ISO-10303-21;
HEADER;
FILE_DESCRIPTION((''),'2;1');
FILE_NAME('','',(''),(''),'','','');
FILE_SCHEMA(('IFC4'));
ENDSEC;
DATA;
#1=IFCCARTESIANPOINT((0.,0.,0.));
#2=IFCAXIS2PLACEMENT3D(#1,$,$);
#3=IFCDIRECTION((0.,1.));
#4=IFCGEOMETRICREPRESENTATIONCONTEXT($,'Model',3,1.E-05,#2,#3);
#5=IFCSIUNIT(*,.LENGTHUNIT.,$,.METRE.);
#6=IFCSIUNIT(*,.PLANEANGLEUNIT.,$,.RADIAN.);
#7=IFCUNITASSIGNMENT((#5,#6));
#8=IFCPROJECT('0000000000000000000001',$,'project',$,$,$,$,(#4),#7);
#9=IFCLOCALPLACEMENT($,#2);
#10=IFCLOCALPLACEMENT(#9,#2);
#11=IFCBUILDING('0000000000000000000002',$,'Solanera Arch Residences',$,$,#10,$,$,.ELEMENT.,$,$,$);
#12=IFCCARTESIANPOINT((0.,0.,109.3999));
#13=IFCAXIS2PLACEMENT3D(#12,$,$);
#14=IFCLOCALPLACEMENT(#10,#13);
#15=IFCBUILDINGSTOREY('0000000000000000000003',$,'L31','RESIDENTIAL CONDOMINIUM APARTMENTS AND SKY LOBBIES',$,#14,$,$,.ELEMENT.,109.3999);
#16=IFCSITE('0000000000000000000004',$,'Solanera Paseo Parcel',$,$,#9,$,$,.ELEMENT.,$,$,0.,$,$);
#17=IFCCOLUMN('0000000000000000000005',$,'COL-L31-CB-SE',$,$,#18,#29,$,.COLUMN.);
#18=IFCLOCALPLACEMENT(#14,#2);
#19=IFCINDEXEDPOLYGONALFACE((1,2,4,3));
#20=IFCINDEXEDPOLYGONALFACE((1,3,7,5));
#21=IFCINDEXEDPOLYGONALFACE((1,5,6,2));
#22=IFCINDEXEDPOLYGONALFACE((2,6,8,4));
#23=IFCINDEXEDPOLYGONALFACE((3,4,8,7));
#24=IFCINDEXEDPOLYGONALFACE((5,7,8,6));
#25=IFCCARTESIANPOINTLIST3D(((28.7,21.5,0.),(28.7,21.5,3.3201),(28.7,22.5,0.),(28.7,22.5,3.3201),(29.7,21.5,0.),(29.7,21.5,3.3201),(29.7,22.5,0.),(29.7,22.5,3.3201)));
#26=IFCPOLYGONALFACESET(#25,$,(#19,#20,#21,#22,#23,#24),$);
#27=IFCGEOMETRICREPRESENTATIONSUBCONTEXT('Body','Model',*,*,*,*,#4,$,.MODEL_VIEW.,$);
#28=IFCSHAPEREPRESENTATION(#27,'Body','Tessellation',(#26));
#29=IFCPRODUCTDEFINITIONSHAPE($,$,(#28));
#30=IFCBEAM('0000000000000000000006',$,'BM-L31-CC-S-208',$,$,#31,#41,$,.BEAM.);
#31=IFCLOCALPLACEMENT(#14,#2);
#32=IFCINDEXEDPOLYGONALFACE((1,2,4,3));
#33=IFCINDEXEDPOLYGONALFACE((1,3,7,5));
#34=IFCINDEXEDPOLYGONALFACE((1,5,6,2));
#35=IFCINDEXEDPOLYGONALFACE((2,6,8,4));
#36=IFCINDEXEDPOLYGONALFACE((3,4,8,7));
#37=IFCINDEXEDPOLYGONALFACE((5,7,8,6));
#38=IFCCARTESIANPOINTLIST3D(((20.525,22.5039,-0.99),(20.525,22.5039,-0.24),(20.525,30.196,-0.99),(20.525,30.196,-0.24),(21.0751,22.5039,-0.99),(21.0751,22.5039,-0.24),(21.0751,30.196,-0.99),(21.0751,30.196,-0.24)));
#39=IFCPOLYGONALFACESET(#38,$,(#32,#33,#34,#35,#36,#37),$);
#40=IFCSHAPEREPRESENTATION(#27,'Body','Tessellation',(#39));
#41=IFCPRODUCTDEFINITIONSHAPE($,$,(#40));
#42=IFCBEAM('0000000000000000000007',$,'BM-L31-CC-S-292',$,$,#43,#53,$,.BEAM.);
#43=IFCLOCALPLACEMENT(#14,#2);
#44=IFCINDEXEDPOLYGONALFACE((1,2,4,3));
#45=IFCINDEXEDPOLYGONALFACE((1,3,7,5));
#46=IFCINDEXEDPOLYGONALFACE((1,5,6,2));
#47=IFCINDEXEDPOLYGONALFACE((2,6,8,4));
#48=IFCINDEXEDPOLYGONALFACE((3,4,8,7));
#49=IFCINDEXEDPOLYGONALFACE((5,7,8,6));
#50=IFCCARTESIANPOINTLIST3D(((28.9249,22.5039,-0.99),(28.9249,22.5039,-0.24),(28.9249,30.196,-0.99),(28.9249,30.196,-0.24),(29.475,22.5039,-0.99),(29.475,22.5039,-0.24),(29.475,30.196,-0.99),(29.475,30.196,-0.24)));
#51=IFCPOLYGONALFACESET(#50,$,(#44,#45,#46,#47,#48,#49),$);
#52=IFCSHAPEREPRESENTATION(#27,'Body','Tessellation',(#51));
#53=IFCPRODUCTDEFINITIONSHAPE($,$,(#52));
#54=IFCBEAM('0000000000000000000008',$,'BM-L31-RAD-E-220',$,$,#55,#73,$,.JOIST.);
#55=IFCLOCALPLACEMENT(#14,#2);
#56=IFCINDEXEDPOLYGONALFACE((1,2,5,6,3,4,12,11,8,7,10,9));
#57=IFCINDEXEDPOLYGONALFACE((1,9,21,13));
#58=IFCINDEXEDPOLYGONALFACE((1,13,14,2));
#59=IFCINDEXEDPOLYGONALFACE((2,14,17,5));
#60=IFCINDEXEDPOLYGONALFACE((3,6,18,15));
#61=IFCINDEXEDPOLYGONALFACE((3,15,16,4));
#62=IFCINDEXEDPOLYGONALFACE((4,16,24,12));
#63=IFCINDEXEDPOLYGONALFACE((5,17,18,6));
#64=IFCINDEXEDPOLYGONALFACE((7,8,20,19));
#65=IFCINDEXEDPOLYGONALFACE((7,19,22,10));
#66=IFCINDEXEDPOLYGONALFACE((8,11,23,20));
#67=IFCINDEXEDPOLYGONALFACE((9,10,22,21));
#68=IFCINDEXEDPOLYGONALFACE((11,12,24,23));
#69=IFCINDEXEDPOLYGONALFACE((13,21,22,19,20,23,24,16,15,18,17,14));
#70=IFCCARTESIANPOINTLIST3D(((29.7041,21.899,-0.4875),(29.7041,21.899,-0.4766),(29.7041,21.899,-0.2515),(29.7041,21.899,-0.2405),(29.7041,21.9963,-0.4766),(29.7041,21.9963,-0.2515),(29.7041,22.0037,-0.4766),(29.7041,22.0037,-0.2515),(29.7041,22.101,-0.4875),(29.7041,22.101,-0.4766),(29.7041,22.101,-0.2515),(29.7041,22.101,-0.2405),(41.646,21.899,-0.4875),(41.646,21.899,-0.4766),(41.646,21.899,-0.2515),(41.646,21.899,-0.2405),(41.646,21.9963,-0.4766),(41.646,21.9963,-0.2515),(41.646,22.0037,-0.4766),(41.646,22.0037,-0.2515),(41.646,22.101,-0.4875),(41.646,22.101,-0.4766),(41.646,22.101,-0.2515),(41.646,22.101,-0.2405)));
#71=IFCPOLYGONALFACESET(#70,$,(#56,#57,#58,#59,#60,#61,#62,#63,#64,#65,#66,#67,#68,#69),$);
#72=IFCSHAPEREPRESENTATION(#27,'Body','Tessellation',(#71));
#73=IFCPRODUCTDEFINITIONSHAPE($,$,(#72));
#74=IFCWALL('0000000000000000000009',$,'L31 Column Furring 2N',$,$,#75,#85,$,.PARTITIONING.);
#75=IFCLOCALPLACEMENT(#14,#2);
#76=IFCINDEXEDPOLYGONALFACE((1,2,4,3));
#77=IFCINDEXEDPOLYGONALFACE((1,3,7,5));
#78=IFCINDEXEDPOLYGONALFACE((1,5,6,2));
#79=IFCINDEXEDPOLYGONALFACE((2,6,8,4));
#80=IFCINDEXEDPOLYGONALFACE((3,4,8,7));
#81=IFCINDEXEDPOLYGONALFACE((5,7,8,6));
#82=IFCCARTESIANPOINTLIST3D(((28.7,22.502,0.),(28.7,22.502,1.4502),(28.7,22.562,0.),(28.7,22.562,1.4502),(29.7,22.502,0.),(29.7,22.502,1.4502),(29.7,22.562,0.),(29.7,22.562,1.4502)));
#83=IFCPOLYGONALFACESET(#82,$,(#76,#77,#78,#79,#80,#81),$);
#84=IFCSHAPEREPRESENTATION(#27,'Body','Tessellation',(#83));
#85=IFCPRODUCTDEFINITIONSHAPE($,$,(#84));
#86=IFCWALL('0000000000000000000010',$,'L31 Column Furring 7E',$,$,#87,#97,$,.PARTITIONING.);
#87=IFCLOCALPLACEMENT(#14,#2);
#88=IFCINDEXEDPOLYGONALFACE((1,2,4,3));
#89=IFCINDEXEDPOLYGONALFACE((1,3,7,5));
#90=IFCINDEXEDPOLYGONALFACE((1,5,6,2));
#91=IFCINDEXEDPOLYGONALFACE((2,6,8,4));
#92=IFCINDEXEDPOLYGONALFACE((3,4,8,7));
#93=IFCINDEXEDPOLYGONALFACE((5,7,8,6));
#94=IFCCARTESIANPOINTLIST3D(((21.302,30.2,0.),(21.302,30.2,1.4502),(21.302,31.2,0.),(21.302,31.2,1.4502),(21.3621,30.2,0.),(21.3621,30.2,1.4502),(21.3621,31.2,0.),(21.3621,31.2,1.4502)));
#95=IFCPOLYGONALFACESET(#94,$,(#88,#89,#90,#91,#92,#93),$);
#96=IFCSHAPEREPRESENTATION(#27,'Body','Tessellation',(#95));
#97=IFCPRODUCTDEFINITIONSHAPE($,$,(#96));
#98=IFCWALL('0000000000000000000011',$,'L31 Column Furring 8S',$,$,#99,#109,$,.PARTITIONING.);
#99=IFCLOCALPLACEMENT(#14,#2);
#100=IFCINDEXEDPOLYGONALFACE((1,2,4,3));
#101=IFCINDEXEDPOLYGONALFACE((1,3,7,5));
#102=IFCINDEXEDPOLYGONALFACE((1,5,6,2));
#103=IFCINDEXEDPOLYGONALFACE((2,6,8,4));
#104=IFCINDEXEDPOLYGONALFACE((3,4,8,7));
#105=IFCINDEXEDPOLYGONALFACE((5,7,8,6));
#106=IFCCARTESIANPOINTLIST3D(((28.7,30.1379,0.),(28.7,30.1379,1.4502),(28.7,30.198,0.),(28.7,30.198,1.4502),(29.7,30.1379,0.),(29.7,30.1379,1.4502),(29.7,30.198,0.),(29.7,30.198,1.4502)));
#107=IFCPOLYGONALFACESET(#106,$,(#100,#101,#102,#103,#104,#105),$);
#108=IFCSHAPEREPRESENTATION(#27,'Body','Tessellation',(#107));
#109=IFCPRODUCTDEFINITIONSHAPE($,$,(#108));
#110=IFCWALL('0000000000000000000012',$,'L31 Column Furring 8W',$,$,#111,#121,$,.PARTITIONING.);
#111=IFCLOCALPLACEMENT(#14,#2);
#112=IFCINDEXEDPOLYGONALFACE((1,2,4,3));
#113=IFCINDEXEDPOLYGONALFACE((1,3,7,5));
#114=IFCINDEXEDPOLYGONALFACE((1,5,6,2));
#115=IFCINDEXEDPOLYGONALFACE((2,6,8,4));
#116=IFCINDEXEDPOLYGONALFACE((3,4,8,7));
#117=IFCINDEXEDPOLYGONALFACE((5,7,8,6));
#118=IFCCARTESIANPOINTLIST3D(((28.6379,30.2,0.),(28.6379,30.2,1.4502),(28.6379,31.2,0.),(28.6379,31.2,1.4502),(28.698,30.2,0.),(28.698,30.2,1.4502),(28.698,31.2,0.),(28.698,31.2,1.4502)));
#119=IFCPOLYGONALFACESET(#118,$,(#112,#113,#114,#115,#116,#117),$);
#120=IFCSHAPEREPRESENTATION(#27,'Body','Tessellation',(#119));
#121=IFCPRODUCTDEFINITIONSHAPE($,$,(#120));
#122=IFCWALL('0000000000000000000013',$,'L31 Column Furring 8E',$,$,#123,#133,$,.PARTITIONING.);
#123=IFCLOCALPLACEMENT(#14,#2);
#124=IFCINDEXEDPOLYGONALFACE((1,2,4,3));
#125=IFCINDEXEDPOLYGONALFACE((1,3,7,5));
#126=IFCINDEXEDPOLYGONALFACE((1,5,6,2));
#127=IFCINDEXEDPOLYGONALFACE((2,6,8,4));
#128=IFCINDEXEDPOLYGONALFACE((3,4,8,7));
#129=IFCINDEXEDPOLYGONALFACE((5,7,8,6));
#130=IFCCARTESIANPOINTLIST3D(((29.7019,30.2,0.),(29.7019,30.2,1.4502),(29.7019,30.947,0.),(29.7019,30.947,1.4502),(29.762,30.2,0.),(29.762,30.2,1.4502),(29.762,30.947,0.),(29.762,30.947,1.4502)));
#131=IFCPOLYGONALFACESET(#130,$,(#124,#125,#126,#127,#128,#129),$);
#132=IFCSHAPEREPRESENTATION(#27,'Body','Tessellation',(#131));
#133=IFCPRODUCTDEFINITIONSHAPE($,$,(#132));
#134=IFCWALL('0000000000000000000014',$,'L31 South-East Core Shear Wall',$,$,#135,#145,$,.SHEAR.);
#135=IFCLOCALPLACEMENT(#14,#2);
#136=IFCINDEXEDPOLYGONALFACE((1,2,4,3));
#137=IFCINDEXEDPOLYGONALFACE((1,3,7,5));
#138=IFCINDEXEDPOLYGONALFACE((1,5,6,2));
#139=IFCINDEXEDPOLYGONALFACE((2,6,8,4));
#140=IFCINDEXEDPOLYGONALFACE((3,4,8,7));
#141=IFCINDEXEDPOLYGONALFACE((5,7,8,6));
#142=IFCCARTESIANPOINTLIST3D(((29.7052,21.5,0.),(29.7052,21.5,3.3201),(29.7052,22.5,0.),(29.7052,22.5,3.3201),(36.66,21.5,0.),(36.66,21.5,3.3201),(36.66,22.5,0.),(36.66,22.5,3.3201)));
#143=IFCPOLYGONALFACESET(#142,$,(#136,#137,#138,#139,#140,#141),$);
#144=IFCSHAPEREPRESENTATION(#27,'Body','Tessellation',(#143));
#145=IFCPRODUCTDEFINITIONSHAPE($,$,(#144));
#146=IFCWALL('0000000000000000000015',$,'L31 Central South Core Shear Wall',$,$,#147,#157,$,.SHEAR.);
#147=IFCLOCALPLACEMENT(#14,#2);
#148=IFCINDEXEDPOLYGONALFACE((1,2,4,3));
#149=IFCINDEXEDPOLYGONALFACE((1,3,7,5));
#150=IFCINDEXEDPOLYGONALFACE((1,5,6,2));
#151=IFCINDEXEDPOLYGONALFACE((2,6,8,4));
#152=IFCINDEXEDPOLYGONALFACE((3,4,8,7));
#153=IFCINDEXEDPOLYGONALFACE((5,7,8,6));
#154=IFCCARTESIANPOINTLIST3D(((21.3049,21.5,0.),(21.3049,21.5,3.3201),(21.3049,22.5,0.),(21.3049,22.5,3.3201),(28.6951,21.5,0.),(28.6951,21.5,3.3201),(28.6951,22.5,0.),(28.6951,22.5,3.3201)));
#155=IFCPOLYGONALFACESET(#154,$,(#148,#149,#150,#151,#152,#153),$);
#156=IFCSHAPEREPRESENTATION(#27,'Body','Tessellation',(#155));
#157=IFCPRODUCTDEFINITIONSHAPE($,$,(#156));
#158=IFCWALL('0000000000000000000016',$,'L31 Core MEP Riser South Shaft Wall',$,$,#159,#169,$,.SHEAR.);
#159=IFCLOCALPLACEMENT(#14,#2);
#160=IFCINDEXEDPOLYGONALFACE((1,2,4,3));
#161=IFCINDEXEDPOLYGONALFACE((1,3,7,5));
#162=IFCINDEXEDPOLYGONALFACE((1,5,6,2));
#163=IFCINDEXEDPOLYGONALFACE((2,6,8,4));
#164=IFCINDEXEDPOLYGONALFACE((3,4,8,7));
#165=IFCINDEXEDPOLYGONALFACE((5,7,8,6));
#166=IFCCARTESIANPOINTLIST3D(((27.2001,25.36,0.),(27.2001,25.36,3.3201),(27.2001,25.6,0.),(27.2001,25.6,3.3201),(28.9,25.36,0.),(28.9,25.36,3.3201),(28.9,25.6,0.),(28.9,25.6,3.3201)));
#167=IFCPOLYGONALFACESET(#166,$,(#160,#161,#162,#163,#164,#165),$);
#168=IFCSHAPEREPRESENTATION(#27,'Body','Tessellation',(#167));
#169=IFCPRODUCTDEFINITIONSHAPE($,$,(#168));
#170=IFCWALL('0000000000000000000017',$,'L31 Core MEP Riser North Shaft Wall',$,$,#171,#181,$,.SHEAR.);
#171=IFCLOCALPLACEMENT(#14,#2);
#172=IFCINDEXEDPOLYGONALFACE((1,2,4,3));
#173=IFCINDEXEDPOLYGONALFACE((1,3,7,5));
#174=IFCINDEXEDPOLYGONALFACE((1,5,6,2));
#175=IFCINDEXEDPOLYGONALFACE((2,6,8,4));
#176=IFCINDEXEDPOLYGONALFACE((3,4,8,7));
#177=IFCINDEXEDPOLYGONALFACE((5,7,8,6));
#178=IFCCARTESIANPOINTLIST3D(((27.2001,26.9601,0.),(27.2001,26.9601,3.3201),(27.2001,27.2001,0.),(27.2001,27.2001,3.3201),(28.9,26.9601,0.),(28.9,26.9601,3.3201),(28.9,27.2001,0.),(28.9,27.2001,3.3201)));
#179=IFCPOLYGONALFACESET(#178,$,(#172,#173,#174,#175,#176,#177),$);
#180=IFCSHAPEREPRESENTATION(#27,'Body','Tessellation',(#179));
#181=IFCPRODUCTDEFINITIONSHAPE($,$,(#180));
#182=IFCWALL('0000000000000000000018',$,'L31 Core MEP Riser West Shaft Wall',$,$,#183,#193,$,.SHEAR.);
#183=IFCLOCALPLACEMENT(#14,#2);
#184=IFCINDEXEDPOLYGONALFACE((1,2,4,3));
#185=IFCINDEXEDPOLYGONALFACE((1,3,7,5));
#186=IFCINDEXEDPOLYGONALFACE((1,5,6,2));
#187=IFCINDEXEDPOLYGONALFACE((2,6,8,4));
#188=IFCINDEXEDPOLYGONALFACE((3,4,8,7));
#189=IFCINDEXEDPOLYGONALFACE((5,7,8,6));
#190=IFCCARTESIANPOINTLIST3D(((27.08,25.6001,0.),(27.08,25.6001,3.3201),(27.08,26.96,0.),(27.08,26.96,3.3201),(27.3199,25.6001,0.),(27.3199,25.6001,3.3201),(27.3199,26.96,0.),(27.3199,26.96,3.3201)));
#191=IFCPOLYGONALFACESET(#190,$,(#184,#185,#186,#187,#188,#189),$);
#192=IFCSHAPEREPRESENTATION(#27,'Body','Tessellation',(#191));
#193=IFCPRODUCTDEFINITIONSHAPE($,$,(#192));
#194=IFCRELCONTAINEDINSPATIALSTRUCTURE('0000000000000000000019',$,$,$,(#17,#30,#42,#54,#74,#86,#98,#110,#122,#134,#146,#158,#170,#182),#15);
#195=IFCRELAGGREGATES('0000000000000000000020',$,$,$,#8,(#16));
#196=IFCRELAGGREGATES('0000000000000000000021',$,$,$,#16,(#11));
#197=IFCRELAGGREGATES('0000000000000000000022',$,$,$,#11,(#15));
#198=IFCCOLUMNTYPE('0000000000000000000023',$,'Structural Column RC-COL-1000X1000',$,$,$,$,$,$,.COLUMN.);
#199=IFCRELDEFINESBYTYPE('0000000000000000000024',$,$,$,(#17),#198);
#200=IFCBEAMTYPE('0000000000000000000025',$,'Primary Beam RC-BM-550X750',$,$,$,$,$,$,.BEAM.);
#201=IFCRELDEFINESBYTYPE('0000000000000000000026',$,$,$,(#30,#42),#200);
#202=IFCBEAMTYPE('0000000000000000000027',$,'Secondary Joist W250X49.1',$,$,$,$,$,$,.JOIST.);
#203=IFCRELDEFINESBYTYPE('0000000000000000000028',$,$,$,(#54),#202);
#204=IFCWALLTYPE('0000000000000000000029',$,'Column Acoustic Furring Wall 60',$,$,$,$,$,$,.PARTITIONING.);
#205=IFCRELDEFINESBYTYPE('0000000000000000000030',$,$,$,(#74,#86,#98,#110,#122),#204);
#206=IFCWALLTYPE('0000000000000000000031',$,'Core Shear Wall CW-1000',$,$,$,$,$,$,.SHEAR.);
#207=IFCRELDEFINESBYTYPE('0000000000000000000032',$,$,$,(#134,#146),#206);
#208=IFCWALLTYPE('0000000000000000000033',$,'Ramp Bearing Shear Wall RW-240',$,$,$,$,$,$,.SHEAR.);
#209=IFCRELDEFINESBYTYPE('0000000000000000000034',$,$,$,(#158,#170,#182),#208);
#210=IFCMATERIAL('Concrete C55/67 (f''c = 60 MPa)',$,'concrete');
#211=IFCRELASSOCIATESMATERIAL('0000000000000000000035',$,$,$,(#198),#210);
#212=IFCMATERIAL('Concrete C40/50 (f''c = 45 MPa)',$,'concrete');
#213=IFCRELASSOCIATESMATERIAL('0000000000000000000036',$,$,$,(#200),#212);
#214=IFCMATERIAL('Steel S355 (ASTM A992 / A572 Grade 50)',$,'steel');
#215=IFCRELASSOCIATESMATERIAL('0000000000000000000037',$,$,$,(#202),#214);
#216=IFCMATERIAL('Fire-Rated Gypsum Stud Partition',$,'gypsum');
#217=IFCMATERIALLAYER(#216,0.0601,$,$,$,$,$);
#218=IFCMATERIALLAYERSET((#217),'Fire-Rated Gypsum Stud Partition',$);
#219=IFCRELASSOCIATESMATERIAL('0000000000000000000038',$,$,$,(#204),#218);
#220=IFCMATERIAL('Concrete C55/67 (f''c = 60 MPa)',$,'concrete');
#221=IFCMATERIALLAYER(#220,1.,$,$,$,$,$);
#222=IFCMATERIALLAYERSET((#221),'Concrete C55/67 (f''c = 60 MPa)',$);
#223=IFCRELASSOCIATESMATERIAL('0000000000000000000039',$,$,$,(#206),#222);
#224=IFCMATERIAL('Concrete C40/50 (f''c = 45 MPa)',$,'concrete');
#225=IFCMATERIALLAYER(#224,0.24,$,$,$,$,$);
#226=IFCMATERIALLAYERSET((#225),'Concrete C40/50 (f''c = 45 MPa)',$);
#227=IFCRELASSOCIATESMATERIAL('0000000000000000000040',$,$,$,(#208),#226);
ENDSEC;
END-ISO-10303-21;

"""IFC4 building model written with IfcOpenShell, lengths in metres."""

from ifc_helpers import new_model, si_unit, direction, frame, frame_2d, origin, origin_2d, place, context, subcontext, project, spatial, rectangle, i_section, extrude, material, layer, layer_set, material_profile, profile_set, type_object, element, save


model = new_model("IFC4")

# Units and contexts
model_context = context("Model", 3, precision=1e-05, world=origin(), true_north=direction((0.0, 1.0)))
body_context = subcontext(model_context, "Body", "Model", "MODEL_VIEW")
ifc_project = project(units=[si_unit("LENGTHUNIT", "METRE"), si_unit("PLANEANGLEUNIT", "RADIAN")], contexts=[model_context])

# Site, building, storey
site_placement = place(None, origin())
site = spatial("IfcSite", under=ifc_project, at=site_placement, Name="Solanera Paseo Parcel", CompositionType="ELEMENT", RefElevation=0.0)
building_placement = place(site_placement, origin())
building = spatial("IfcBuilding", under=site, at=building_placement, Name="Solanera Arch Residences", CompositionType="ELEMENT")
storey_placement = place(building_placement, frame((0.0, 0.0, 109.3999)))
storey = spatial("IfcBuildingStorey", under=building, at=storey_placement, Name="L31", Description="RESIDENTIAL CONDOMINIUM APARTMENTS AND SKY LOBBIES", CompositionType="ELEMENT", Elevation=109.3999)

# Column
ifc_material_1 = material(Name="Concrete C55/67 (f'c = 60 MPa)", Category="concrete")
ifc_material_profile_1 = material_profile(ifc_material_1, rectangle(XDim=1.0, YDim=1.0, at=origin_2d()))
ifc_profile_set_1 = profile_set([ifc_material_profile_1], Name="Concrete C55/67 (f'c = 60 MPa)")
column_type = type_object("IfcColumnType", Name="Structural Column RC-COL-1000X1000", PredefinedType="COLUMN", material=ifc_profile_set_1)
column_placement = place(storey_placement, frame((29.2, 22.0, 0.0), z_axis=(0.0, 0.0, 1.0), x_axis=(1.0, 0.0, 0.0)))
element("IfcColumn", 1, at=column_placement, inside=storey, type_object=column_type, Name="COL-L31-CB-SE", PredefinedType="COLUMN", context=body_context, shape_type="SweptSolid", body=[
    extrude(rectangle(XDim=1.0, YDim=1.0, at=origin_2d()), origin(), (0.0, 0.0, 1.0), 3.3201),
])

# Beams
ifc_material_2 = material(Name="Concrete C40/50 (f'c = 45 MPa)", Category="concrete")
ifc_material_profile_2 = material_profile(ifc_material_2, rectangle(XDim=0.55, YDim=0.75, at=origin_2d()))
ifc_profile_set_2 = profile_set([ifc_material_profile_2], Name="Concrete C40/50 (f'c = 45 MPa)")
beam_type_1 = type_object("IfcBeamType", Name="Primary Beam RC-BM-550X750", PredefinedType="BEAM", material=ifc_profile_set_2)
for number, where, z_axis, x_axis, name in (
    (2, (20.8, 22.5039, -0.615), (0.0, 1.0, 0.0), (-1.0, 0.0, 0.0), "BM-L31-CC-S-208"),
    (3, (29.2, 22.5039, -0.615), (0.0, 1.0, 0.0), (-1.0, 0.0, 0.0), "BM-L31-CC-S-292"),
):
    element("IfcBeam", number, at=place(storey_placement, frame(where, z_axis=z_axis, x_axis=x_axis)), inside=storey, type_object=beam_type_1, Name=name, PredefinedType="BEAM", context=body_context, shape_type="SweptSolid", body=[
        extrude(rectangle(XDim=0.55, YDim=0.75, at=origin_2d()), origin(), (0.0, 0.0, 1.0), 7.6921),
    ])
ifc_material_3 = material(Name="Steel S355 (ASTM A992 / A572 Grade 50)", Category="steel")
ifc_material_profile_3 = material_profile(ifc_material_3, i_section(OverallWidth=0.2019, OverallDepth=0.2471, WebThickness=0.0073, FlangeThickness=0.011, at=origin_2d()))
ifc_profile_set_3 = profile_set([ifc_material_profile_3], Name="Steel S355 (ASTM A992 / A572 Grade 50)")
beam_type_2 = type_object("IfcBeamType", Name="Secondary Joist W250X49.1", PredefinedType="JOIST", material=ifc_profile_set_3)
beam_placement = place(storey_placement, frame((29.7041, 22.0, -0.364), z_axis=(1.0, 0.0, 0.0), x_axis=(0.0, 1.0, 0.0)))
element("IfcBeam", 4, at=beam_placement, inside=storey, type_object=beam_type_2, Name="BM-L31-RAD-E-220", PredefinedType="JOIST", context=body_context, shape_type="SweptSolid", body=[
    extrude(i_section(OverallWidth=0.2019, OverallDepth=0.2471, WebThickness=0.0073, FlangeThickness=0.011, at=origin_2d()), origin(), (0.0, 0.0, 1.0), 11.9419),
])

# Walls
ifc_material_4 = material(Name="Fire-Rated Gypsum Stud Partition", Category="gypsum")
ifc_layer_1 = layer(ifc_material_4, 0.0601)
ifc_layer_set_1 = layer_set([ifc_layer_1], Name="Fire-Rated Gypsum Stud Partition")
wall_type_1 = type_object("IfcWallType", Name="Column Acoustic Furring Wall 60", PredefinedType="PARTITIONING", material=ifc_layer_set_1)
for number, where, z_axis, x_axis, name in (
    (5, (28.7, 22.532, 0.0), (0.0, 0.0, 1.0), (1.0, 0.0, 0.0), "L31 Column Furring 2N"),
    (6, (21.332, 30.2, 0.0), (0.0, 0.0, 1.0), (0.0, 1.0, 0.0), "L31 Column Furring 7E"),
    (7, (28.7, 30.168, 0.0), (0.0, 0.0, 1.0), (1.0, 0.0, 0.0), "L31 Column Furring 8S"),
    (8, (28.668, 30.2, 0.0), (0.0, 0.0, 1.0), (0.0, 1.0, 0.0), "L31 Column Furring 8W"),
):
    element("IfcWall", number, at=place(storey_placement, frame(where, z_axis=z_axis, x_axis=x_axis)), inside=storey, type_object=wall_type_1, Name=name, PredefinedType="PARTITIONING", context=body_context, shape_type="SweptSolid", body=[
        extrude(rectangle(XDim=1.0, YDim=0.0601, at=frame_2d((0.5, 0.0))), origin(), (0.0, 0.0, 1.0), 1.4502),
    ])
wall_1_placement = place(storey_placement, frame((29.7319, 30.2, 0.0), z_axis=(0.0, 0.0, 1.0), x_axis=(0.0, 1.0, 0.0)))
element("IfcWall", 9, at=wall_1_placement, inside=storey, type_object=wall_type_1, Name="L31 Column Furring 8E", PredefinedType="PARTITIONING", context=body_context, shape_type="SweptSolid", body=[
    extrude(rectangle(XDim=0.7471, YDim=0.0601, at=frame_2d((0.3735, 0.0))), origin(), (0.0, 0.0, 1.0), 1.4502),
])
ifc_material_5 = material(Name="Concrete C55/67 (f'c = 60 MPa)", Category="concrete")
ifc_layer_2 = layer(ifc_material_5, 1.0)
ifc_layer_set_2 = layer_set([ifc_layer_2], Name="Concrete C55/67 (f'c = 60 MPa)")
wall_type_2 = type_object("IfcWallType", Name="Core Shear Wall CW-1000", PredefinedType="SHEAR", material=ifc_layer_set_2)
wall_2_placement = place(storey_placement, frame((29.7051, 22.0, 0.0), z_axis=(0.0, 0.0, 1.0), x_axis=(1.0, 0.0, 0.0)))
element("IfcWall", 10, at=wall_2_placement, inside=storey, type_object=wall_type_2, Name="L31 South-East Core Shear Wall", PredefinedType="SHEAR", context=body_context, shape_type="SweptSolid", body=[
    extrude(rectangle(XDim=6.9548, YDim=1.0, at=frame_2d((3.4775, 0.0))), origin(), (0.0, 0.0, 1.0), 3.3201),
])
wall_3_placement = place(storey_placement, frame((21.3049, 22.0, 0.0), z_axis=(0.0, 0.0, 1.0), x_axis=(1.0, 0.0, 0.0)))
element("IfcWall", 11, at=wall_3_placement, inside=storey, type_object=wall_type_2, Name="L31 Central South Core Shear Wall", PredefinedType="SHEAR", context=body_context, shape_type="SweptSolid", body=[
    extrude(rectangle(XDim=7.3901, YDim=1.0, at=frame_2d((3.6951, 0.0))), origin(), (0.0, 0.0, 1.0), 3.3201),
])
ifc_material_6 = material(Name="Concrete C40/50 (f'c = 45 MPa)", Category="concrete")
ifc_layer_3 = layer(ifc_material_6, 0.24)
ifc_layer_set_3 = layer_set([ifc_layer_3], Name="Concrete C40/50 (f'c = 45 MPa)")
wall_type_3 = type_object("IfcWallType", Name="Ramp Bearing Shear Wall RW-240", PredefinedType="SHEAR", material=ifc_layer_set_3)
for number, where, z_axis, x_axis, name in (
    (12, (27.2, 25.48, 0.0), (0.0, 0.0, 1.0), (1.0, 0.0, 0.0), "L31 Core MEP Riser South Shaft Wall"),
    (13, (27.2, 27.0801, 0.0), (0.0, 0.0, 1.0), (1.0, 0.0, 0.0), "L31 Core MEP Riser North Shaft Wall"),
):
    element("IfcWall", number, at=place(storey_placement, frame(where, z_axis=z_axis, x_axis=x_axis)), inside=storey, type_object=wall_type_3, Name=name, PredefinedType="SHEAR", context=body_context, shape_type="SweptSolid", body=[
        extrude(rectangle(XDim=1.7, YDim=0.24, at=frame_2d((0.8501, 0.0))), origin(), (0.0, 0.0, 1.0), 3.3201),
    ])
for number, where, z_axis, x_axis, name in (
    (14, (27.2, 25.6001, 0.0), (0.0, 0.0, 1.0), (0.0, 1.0, 0.0), "L31 Core MEP Riser West Shaft Wall"),
):
    element("IfcWall", number, at=place(storey_placement, frame(where, z_axis=z_axis, x_axis=x_axis)), inside=storey, type_object=wall_type_3, Name=name, PredefinedType="SHEAR", context=body_context, shape_type="SweptSolid", body=[
        extrude(rectangle(XDim=1.3599, YDim=0.24, at=frame_2d((0.6799, 0.0))), origin(), (0.0, 0.0, 1.0), 3.3201),
    ])

save(model, "model.ifc")
